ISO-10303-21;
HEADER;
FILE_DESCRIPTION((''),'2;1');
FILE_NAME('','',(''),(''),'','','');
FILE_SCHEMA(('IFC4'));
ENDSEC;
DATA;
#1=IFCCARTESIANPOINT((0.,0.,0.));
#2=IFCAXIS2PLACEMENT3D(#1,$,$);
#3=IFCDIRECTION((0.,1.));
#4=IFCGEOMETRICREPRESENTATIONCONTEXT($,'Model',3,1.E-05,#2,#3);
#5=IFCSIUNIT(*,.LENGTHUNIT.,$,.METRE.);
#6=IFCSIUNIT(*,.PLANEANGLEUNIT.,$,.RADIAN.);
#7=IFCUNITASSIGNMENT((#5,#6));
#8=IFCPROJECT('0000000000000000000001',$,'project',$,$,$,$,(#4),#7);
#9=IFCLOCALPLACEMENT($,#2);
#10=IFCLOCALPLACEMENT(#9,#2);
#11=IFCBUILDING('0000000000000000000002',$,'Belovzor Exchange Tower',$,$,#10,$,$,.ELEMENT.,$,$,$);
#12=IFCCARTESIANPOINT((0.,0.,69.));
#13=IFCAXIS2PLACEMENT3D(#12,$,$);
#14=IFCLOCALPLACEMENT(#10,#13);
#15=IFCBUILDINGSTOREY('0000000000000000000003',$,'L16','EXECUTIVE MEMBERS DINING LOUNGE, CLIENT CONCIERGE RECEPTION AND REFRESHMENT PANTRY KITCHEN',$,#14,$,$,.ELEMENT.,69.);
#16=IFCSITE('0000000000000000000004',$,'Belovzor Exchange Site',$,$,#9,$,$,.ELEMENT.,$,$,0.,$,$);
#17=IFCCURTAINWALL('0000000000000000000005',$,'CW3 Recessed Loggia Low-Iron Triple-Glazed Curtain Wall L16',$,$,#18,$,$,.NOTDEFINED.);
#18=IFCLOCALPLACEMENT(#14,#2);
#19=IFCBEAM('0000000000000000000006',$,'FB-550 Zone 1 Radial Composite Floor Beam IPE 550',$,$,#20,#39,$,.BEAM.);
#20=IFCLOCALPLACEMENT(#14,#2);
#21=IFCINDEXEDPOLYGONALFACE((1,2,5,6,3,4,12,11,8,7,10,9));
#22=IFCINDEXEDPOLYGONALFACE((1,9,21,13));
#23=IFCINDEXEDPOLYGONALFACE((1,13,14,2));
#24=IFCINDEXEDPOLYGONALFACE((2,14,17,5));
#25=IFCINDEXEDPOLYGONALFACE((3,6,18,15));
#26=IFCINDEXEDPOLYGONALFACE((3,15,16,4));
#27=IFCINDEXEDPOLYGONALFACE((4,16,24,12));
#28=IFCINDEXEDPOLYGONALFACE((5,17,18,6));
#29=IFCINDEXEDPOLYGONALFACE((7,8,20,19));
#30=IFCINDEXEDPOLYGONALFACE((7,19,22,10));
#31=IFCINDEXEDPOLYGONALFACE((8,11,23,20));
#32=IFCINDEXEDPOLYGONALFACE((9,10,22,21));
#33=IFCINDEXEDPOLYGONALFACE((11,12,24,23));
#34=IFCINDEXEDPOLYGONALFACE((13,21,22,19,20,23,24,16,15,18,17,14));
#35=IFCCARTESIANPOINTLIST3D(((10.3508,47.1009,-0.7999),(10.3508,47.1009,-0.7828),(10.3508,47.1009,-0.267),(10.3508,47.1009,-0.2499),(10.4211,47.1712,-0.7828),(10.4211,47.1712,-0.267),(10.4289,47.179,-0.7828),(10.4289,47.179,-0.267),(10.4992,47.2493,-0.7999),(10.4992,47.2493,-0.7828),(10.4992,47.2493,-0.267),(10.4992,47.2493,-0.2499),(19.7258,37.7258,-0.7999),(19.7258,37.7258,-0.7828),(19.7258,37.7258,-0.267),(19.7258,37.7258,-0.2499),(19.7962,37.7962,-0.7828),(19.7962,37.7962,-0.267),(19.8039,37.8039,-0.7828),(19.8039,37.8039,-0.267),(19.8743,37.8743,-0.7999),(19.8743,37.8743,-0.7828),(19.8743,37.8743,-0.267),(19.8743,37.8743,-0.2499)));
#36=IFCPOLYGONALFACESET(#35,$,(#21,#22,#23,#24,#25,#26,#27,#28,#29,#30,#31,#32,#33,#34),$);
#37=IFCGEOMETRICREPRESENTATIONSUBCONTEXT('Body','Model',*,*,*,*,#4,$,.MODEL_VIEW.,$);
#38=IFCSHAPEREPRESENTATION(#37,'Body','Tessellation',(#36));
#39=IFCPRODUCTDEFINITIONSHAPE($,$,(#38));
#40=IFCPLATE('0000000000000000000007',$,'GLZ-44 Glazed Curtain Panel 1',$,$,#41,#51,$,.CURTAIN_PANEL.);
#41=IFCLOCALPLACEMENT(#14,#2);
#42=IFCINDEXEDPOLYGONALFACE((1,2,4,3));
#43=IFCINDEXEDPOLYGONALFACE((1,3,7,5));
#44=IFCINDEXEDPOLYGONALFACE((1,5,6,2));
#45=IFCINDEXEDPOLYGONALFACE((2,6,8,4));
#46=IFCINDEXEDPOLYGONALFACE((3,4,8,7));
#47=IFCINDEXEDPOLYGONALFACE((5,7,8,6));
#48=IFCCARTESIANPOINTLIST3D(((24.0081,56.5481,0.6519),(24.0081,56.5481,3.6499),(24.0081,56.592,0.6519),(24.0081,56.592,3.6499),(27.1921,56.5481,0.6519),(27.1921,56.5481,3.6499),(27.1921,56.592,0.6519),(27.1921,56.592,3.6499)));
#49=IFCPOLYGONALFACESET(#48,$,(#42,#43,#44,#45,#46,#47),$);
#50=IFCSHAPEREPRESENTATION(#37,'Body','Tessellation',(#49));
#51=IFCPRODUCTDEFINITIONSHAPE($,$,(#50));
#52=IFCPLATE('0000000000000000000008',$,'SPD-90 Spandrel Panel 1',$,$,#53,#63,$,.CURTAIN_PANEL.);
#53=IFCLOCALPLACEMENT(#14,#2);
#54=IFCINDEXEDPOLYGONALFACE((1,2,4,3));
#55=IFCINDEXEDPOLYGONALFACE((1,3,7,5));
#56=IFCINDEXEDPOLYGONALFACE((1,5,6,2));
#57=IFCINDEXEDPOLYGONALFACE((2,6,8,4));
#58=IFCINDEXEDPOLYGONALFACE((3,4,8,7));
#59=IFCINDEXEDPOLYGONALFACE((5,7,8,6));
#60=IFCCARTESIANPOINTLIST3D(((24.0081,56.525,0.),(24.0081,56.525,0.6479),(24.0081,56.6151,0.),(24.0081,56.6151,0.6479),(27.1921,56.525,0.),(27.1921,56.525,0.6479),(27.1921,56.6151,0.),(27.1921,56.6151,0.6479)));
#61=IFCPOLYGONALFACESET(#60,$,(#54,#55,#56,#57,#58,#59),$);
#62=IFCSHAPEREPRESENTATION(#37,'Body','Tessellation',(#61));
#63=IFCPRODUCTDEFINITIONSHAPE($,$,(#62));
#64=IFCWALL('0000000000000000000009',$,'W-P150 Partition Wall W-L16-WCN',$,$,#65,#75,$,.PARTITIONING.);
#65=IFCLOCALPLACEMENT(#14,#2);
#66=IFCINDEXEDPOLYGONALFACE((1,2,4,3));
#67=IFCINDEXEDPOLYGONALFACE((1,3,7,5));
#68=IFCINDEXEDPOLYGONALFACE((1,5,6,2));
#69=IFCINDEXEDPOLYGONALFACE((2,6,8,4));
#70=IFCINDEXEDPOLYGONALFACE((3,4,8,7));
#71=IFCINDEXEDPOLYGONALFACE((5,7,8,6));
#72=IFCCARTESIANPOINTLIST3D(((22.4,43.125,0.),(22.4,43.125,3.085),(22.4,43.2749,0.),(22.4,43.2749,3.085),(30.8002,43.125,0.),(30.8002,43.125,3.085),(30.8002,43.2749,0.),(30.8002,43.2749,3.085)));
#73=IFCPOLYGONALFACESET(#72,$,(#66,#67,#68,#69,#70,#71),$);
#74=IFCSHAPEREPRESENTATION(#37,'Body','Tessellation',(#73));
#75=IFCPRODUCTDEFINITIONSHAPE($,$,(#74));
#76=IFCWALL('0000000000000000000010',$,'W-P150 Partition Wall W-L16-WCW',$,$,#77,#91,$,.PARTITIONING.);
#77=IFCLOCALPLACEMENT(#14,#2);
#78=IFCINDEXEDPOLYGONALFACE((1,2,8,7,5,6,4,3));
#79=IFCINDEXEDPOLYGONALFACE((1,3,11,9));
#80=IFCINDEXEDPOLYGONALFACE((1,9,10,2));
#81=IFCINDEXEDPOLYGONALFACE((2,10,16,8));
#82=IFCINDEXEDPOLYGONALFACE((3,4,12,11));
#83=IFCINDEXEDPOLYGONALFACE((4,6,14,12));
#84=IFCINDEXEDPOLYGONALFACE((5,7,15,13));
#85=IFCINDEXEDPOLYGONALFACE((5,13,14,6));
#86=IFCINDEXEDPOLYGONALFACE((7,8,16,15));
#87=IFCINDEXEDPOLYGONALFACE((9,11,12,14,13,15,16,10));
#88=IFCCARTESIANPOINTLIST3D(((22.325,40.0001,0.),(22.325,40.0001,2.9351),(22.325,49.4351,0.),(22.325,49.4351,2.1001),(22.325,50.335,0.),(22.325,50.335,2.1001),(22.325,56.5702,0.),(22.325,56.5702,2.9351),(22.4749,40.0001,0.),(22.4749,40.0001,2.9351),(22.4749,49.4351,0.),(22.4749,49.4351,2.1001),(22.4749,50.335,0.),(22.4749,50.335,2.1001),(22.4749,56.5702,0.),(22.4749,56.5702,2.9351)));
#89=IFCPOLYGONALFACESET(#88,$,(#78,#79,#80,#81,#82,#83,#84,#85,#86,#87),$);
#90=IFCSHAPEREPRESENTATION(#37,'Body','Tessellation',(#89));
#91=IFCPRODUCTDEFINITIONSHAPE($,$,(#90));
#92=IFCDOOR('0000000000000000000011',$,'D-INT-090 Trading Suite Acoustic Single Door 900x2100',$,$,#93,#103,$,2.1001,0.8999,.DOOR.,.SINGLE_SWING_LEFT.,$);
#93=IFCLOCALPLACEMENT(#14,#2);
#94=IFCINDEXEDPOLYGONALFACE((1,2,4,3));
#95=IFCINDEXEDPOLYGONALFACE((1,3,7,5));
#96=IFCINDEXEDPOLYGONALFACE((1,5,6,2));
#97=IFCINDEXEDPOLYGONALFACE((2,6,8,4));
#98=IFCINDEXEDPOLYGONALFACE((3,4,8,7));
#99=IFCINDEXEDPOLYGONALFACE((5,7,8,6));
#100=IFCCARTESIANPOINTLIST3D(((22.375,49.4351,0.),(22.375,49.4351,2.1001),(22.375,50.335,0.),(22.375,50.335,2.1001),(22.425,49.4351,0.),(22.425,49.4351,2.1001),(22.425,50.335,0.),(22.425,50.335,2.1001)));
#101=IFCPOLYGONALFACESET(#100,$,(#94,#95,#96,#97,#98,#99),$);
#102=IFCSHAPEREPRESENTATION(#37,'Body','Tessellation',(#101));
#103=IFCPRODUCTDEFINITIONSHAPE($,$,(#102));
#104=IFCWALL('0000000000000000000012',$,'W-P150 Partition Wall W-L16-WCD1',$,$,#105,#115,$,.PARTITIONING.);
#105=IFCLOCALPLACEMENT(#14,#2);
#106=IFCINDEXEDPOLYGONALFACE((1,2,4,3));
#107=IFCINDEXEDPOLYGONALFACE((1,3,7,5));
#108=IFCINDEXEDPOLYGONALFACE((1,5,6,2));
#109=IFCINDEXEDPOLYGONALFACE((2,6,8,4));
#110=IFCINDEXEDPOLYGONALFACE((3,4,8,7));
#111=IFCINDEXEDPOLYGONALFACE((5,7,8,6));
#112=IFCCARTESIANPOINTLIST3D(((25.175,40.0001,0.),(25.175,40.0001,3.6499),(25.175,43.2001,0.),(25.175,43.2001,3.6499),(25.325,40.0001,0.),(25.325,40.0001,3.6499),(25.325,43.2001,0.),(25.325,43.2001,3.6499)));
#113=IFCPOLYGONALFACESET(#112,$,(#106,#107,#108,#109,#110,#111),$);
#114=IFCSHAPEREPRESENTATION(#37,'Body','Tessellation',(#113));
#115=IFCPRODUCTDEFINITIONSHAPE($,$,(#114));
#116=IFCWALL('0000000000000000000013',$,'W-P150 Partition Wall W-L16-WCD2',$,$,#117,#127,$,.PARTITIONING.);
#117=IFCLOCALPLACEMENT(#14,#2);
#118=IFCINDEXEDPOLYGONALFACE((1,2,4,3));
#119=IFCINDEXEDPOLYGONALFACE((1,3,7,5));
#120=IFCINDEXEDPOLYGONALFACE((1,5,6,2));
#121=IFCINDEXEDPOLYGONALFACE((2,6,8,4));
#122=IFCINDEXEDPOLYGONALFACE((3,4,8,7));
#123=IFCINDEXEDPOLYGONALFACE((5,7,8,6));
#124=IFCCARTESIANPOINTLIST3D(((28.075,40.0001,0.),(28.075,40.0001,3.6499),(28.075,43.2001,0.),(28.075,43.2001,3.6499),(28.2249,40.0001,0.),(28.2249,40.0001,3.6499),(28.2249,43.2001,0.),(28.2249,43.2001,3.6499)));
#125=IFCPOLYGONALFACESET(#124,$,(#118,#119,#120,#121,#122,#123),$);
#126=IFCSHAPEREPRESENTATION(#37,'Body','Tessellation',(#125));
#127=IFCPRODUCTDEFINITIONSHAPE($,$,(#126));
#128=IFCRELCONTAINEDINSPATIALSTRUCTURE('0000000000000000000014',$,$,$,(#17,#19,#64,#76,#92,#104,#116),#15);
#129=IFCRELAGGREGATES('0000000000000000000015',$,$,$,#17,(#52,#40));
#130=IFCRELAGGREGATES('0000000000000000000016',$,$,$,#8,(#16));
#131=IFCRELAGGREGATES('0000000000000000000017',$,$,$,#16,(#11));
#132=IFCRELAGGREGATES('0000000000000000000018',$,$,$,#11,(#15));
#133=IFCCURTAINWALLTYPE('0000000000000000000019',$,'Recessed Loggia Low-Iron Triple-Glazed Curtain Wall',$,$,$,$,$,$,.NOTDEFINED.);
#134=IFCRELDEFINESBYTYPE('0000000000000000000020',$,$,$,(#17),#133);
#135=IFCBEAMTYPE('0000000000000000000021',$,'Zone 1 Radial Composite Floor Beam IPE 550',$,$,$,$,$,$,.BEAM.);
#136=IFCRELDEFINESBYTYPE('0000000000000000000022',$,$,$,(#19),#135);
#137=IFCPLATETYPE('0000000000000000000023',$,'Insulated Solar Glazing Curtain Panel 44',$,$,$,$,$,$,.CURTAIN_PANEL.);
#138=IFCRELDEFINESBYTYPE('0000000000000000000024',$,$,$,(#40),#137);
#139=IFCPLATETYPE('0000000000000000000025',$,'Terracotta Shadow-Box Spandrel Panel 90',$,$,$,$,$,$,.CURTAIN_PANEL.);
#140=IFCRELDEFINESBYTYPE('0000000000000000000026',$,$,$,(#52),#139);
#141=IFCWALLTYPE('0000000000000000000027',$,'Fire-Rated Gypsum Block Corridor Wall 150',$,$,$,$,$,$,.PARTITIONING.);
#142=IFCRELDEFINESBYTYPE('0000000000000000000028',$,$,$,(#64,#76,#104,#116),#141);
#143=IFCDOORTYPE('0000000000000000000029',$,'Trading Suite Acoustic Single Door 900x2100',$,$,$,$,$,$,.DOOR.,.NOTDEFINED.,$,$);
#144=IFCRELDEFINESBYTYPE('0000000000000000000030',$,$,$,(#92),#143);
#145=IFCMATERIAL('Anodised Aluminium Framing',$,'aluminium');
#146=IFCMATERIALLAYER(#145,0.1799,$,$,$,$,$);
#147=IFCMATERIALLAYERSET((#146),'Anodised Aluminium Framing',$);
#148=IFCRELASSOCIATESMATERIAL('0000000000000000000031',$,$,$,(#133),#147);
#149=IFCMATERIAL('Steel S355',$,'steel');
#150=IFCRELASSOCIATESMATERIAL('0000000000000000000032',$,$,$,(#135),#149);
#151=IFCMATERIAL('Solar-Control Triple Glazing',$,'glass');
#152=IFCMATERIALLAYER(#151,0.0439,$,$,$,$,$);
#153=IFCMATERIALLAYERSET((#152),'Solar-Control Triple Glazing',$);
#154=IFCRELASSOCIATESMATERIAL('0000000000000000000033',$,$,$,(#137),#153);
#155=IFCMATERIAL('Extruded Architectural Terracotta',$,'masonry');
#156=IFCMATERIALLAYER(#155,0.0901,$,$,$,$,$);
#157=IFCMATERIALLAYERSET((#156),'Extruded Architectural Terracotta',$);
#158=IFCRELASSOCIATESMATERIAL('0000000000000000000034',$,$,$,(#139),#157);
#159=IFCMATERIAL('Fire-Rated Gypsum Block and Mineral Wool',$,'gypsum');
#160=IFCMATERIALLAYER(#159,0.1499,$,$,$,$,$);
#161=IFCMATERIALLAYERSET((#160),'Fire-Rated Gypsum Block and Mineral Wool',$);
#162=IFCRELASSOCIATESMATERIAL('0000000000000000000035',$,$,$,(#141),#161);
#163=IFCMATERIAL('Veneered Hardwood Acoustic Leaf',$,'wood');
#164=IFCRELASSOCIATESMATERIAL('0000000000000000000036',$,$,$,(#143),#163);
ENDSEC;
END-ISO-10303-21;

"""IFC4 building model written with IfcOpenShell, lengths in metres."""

from ifc_helpers import new_model, si_unit, direction, frame, frame_2d, origin, origin_2d, place, context, subcontext, project, spatial, rectangle, i_section, extrude, material, layer, layer_set, material_profile, profile_set, type_object, element, fill, aggregate, save


model = new_model("IFC4")

# Units and contexts
model_context = context("Model", 3, precision=1e-05, world=origin(), true_north=direction((0.0, 1.0)))
body_context = subcontext(model_context, "Body", "Model", "MODEL_VIEW")
ifc_project = project(units=[si_unit("LENGTHUNIT", "METRE"), si_unit("PLANEANGLEUNIT", "RADIAN")], contexts=[model_context])

# Site, building, storey
site_placement = place(None, origin())
site = spatial("IfcSite", under=ifc_project, at=site_placement, Name="Belovzor Exchange Site", CompositionType="ELEMENT", RefElevation=0.0)
building_placement = place(site_placement, origin())
building = spatial("IfcBuilding", under=site, at=building_placement, Name="Belovzor Exchange Tower", CompositionType="ELEMENT")
storey_placement = place(building_placement, frame((0.0, 0.0, 69.0)))
storey = spatial("IfcBuildingStorey", under=building, at=storey_placement, Name="L16", Description="EXECUTIVE MEMBERS DINING LOUNGE, CLIENT CONCIERGE RECEPTION AND REFRESHMENT PANTRY KITCHEN", CompositionType="ELEMENT", Elevation=69.0)

# Curtain wall
ifc_material_1 = material(Name="Anodised Aluminium Framing", Category="aluminium")
ifc_layer_1 = layer(ifc_material_1, 0.1799)
ifc_layer_set_1 = layer_set([ifc_layer_1], Name="Anodised Aluminium Framing")
curtain_wall_type = type_object("IfcCurtainWallType", Name="Recessed Loggia Low-Iron Triple-Glazed Curtain Wall", PredefinedType="NOTDEFINED", material=ifc_layer_set_1)
curtain_wall_placement = place(storey_placement, origin())
curtain_wall = element("IfcCurtainWall", 1, at=curtain_wall_placement, inside=storey, type_object=curtain_wall_type, Name="CW3 Recessed Loggia Low-Iron Triple-Glazed Curtain Wall L16", PredefinedType="NOTDEFINED")

# Beam
ifc_material_2 = material(Name="Steel S355", Category="steel")
ifc_material_profile_1 = material_profile(ifc_material_2, i_section(OverallWidth=0.21, OverallDepth=0.55, WebThickness=0.011, FlangeThickness=0.0171, at=origin_2d()))
ifc_profile_set_1 = profile_set([ifc_material_profile_1], Name="Steel S355")
beam_type_1 = type_object("IfcBeamType", Name="Zone 1 Radial Composite Floor Beam IPE 550", PredefinedType="BEAM", material=ifc_profile_set_1)
beam_1_placement = place(storey_placement, frame((19.8, 37.8, -0.5249), z_axis=(-0.707107, 0.707107, 0.0), x_axis=(-0.707107, -0.707107, 0.0)))
element("IfcBeam", 2, at=beam_1_placement, inside=storey, type_object=beam_type_1, Name="FB-550 Zone 1 Radial Composite Floor Beam IPE 550", PredefinedType="BEAM", context=body_context, shape_type="SweptSolid", body=[
    extrude(i_section(OverallWidth=0.21, OverallDepth=0.55, WebThickness=0.011, FlangeThickness=0.0171, at=origin_2d()), origin(), (0.0, 0.0, 1.0), 13.2583),
])

# Plates
ifc_material_3 = material(Name="Solar-Control Triple Glazing", Category="glass")
ifc_layer_2 = layer(ifc_material_3, 0.0439)
ifc_layer_set_2 = layer_set([ifc_layer_2], Name="Solar-Control Triple Glazing")
plate_type_1 = type_object("IfcPlateType", Name="Insulated Solar Glazing Curtain Panel 44", PredefinedType="CURTAIN_PANEL", material=ifc_layer_set_2)
plate_1_placement = place(storey_placement, frame((25.6001, 56.5701, 0.6519), z_axis=(0.0, 0.0, 1.0), x_axis=(1.0, 0.0, 0.0)))
plate_1 = element("IfcPlate", 3, at=plate_1_placement, type_object=plate_type_1, Name="GLZ-44 Glazed Curtain Panel 1", PredefinedType="CURTAIN_PANEL", context=body_context, shape_type="SweptSolid", body=[
    extrude(rectangle(XDim=3.1841, YDim=0.0439, at=origin_2d()), origin(), (0.0, 0.0, 1.0), 2.998),
])
ifc_material_4 = material(Name="Extruded Architectural Terracotta", Category="masonry")
ifc_layer_3 = layer(ifc_material_4, 0.0901)
ifc_layer_set_3 = layer_set([ifc_layer_3], Name="Extruded Architectural Terracotta")
plate_type_2 = type_object("IfcPlateType", Name="Terracotta Shadow-Box Spandrel Panel 90", PredefinedType="CURTAIN_PANEL", material=ifc_layer_set_3)
plate_2_placement = place(storey_placement, frame((25.6001, 56.5701, 0.0), z_axis=(0.0, 0.0, 1.0), x_axis=(1.0, 0.0, 0.0)))
plate_2 = element("IfcPlate", 4, at=plate_2_placement, type_object=plate_type_2, Name="SPD-90 Spandrel Panel 1", PredefinedType="CURTAIN_PANEL", context=body_context, shape_type="SweptSolid", body=[
    extrude(rectangle(XDim=3.1841, YDim=0.0901, at=origin_2d()), origin(), (0.0, 0.0, 1.0), 0.6479),
])
aggregate(curtain_wall, [plate_2, plate_1])

# Wall
ifc_material_5 = material(Name="Fire-Rated Gypsum Block and Mineral Wool", Category="gypsum")
ifc_layer_4 = layer(ifc_material_5, 0.1499)
ifc_layer_set_4 = layer_set([ifc_layer_4], Name="Fire-Rated Gypsum Block and Mineral Wool")
wall_type_1 = type_object("IfcWallType", Name="Fire-Rated Gypsum Block Corridor Wall 150", PredefinedType="PARTITIONING", material=ifc_layer_set_4)
wall_1_placement = place(storey_placement, frame((22.3999, 43.2, 0.0), z_axis=(0.0, 0.0, 1.0), x_axis=(1.0, 0.0, 0.0)))
element("IfcWall", 5, at=wall_1_placement, inside=storey, type_object=wall_type_1, Name="W-P150 Partition Wall W-L16-WCN", PredefinedType="PARTITIONING", context=body_context, shape_type="SweptSolid", body=[
    extrude(rectangle(XDim=8.4001, YDim=0.1499, at=frame_2d((4.2002, 0.0))), origin(), (0.0, 0.0, 1.0), 3.085),
])

# Wall, opening, door
wall_2_placement = place(storey_placement, frame((22.3999, 40.0, 0.0), z_axis=(0.0, 0.0, 1.0), x_axis=(0.0, 1.0, 0.0)))
wall_2 = element("IfcWall", 6, at=wall_2_placement, inside=storey, type_object=wall_type_1, Name="W-P150 Partition Wall W-L16-WCW", PredefinedType="PARTITIONING", context=body_context, shape_type="SweptSolid", body=[
    extrude(rectangle(XDim=16.5701, YDim=0.1499, at=frame_2d((8.2852, 0.0))), origin(), (0.0, 0.0, 1.0), 2.9351),
])
opening_1_placement = place(wall_2_placement, frame((9.4351, 0.0, 0.0)))
opening_1 = element("IfcOpeningElement", 7, at=opening_1_placement, cuts=wall_2, PredefinedType="OPENING", context=body_context, shape_type="SweptSolid", body=[
    extrude(rectangle(XDim=0.8999, YDim=2.1001, at=frame_2d((0.45, 1.05))), frame((0.0, 0.085, 0.0), z_axis=(0.0, -1.0, 0.0), x_axis=(1.0, 0.0, 0.0)), (0.0, 0.0, 1.0), 0.1699),
])
ifc_material_6 = material(Name="Veneered Hardwood Acoustic Leaf", Category="wood")
door_type_1 = type_object("IfcDoorType", Name="Trading Suite Acoustic Single Door 900x2100", OperationType="NOTDEFINED", PredefinedType="DOOR", material=ifc_material_6)
door_1_placement = place(opening_1_placement, origin())
door_1 = element("IfcDoor", 8, at=door_1_placement, inside=storey, type_object=door_type_1, Name="D-INT-090 Trading Suite Acoustic Single Door 900x2100", OperationType="SINGLE_SWING_LEFT", OverallHeight=2.1001, OverallWidth=0.8999, PredefinedType="DOOR", context=body_context, shape_type="SweptSolid", body=[
    extrude(rectangle(XDim=0.8999, YDim=2.1001, at=frame_2d((0.45, 1.05))), frame((0.0, 0.0249, 0.0), z_axis=(0.0, -1.0, 0.0), x_axis=(1.0, 0.0, 0.0)), (0.0, 0.0, 1.0), 0.05),
])
fill(opening_1, door_1)

# Walls
for number, where, z_axis, x_axis, name in (
    (9, (25.25, 40.0, 0.0), (0.0, 0.0, 1.0), (0.0, 1.0, 0.0), "W-P150 Partition Wall W-L16-WCD1"),
    (10, (28.1499, 40.0, 0.0), (0.0, 0.0, 1.0), (0.0, 1.0, 0.0), "W-P150 Partition Wall W-L16-WCD2"),
):
    element("IfcWall", number, at=place(storey_placement, frame(where, z_axis=z_axis, x_axis=x_axis)), inside=storey, type_object=wall_type_1, Name=name, PredefinedType="PARTITIONING", context=body_context, shape_type="SweptSolid", body=[
        extrude(rectangle(XDim=3.2, YDim=0.1499, at=frame_2d((1.6001, 0.0))), origin(), (0.0, 0.0, 1.0), 3.6499),
    ])

save(model, "model.ifc")
